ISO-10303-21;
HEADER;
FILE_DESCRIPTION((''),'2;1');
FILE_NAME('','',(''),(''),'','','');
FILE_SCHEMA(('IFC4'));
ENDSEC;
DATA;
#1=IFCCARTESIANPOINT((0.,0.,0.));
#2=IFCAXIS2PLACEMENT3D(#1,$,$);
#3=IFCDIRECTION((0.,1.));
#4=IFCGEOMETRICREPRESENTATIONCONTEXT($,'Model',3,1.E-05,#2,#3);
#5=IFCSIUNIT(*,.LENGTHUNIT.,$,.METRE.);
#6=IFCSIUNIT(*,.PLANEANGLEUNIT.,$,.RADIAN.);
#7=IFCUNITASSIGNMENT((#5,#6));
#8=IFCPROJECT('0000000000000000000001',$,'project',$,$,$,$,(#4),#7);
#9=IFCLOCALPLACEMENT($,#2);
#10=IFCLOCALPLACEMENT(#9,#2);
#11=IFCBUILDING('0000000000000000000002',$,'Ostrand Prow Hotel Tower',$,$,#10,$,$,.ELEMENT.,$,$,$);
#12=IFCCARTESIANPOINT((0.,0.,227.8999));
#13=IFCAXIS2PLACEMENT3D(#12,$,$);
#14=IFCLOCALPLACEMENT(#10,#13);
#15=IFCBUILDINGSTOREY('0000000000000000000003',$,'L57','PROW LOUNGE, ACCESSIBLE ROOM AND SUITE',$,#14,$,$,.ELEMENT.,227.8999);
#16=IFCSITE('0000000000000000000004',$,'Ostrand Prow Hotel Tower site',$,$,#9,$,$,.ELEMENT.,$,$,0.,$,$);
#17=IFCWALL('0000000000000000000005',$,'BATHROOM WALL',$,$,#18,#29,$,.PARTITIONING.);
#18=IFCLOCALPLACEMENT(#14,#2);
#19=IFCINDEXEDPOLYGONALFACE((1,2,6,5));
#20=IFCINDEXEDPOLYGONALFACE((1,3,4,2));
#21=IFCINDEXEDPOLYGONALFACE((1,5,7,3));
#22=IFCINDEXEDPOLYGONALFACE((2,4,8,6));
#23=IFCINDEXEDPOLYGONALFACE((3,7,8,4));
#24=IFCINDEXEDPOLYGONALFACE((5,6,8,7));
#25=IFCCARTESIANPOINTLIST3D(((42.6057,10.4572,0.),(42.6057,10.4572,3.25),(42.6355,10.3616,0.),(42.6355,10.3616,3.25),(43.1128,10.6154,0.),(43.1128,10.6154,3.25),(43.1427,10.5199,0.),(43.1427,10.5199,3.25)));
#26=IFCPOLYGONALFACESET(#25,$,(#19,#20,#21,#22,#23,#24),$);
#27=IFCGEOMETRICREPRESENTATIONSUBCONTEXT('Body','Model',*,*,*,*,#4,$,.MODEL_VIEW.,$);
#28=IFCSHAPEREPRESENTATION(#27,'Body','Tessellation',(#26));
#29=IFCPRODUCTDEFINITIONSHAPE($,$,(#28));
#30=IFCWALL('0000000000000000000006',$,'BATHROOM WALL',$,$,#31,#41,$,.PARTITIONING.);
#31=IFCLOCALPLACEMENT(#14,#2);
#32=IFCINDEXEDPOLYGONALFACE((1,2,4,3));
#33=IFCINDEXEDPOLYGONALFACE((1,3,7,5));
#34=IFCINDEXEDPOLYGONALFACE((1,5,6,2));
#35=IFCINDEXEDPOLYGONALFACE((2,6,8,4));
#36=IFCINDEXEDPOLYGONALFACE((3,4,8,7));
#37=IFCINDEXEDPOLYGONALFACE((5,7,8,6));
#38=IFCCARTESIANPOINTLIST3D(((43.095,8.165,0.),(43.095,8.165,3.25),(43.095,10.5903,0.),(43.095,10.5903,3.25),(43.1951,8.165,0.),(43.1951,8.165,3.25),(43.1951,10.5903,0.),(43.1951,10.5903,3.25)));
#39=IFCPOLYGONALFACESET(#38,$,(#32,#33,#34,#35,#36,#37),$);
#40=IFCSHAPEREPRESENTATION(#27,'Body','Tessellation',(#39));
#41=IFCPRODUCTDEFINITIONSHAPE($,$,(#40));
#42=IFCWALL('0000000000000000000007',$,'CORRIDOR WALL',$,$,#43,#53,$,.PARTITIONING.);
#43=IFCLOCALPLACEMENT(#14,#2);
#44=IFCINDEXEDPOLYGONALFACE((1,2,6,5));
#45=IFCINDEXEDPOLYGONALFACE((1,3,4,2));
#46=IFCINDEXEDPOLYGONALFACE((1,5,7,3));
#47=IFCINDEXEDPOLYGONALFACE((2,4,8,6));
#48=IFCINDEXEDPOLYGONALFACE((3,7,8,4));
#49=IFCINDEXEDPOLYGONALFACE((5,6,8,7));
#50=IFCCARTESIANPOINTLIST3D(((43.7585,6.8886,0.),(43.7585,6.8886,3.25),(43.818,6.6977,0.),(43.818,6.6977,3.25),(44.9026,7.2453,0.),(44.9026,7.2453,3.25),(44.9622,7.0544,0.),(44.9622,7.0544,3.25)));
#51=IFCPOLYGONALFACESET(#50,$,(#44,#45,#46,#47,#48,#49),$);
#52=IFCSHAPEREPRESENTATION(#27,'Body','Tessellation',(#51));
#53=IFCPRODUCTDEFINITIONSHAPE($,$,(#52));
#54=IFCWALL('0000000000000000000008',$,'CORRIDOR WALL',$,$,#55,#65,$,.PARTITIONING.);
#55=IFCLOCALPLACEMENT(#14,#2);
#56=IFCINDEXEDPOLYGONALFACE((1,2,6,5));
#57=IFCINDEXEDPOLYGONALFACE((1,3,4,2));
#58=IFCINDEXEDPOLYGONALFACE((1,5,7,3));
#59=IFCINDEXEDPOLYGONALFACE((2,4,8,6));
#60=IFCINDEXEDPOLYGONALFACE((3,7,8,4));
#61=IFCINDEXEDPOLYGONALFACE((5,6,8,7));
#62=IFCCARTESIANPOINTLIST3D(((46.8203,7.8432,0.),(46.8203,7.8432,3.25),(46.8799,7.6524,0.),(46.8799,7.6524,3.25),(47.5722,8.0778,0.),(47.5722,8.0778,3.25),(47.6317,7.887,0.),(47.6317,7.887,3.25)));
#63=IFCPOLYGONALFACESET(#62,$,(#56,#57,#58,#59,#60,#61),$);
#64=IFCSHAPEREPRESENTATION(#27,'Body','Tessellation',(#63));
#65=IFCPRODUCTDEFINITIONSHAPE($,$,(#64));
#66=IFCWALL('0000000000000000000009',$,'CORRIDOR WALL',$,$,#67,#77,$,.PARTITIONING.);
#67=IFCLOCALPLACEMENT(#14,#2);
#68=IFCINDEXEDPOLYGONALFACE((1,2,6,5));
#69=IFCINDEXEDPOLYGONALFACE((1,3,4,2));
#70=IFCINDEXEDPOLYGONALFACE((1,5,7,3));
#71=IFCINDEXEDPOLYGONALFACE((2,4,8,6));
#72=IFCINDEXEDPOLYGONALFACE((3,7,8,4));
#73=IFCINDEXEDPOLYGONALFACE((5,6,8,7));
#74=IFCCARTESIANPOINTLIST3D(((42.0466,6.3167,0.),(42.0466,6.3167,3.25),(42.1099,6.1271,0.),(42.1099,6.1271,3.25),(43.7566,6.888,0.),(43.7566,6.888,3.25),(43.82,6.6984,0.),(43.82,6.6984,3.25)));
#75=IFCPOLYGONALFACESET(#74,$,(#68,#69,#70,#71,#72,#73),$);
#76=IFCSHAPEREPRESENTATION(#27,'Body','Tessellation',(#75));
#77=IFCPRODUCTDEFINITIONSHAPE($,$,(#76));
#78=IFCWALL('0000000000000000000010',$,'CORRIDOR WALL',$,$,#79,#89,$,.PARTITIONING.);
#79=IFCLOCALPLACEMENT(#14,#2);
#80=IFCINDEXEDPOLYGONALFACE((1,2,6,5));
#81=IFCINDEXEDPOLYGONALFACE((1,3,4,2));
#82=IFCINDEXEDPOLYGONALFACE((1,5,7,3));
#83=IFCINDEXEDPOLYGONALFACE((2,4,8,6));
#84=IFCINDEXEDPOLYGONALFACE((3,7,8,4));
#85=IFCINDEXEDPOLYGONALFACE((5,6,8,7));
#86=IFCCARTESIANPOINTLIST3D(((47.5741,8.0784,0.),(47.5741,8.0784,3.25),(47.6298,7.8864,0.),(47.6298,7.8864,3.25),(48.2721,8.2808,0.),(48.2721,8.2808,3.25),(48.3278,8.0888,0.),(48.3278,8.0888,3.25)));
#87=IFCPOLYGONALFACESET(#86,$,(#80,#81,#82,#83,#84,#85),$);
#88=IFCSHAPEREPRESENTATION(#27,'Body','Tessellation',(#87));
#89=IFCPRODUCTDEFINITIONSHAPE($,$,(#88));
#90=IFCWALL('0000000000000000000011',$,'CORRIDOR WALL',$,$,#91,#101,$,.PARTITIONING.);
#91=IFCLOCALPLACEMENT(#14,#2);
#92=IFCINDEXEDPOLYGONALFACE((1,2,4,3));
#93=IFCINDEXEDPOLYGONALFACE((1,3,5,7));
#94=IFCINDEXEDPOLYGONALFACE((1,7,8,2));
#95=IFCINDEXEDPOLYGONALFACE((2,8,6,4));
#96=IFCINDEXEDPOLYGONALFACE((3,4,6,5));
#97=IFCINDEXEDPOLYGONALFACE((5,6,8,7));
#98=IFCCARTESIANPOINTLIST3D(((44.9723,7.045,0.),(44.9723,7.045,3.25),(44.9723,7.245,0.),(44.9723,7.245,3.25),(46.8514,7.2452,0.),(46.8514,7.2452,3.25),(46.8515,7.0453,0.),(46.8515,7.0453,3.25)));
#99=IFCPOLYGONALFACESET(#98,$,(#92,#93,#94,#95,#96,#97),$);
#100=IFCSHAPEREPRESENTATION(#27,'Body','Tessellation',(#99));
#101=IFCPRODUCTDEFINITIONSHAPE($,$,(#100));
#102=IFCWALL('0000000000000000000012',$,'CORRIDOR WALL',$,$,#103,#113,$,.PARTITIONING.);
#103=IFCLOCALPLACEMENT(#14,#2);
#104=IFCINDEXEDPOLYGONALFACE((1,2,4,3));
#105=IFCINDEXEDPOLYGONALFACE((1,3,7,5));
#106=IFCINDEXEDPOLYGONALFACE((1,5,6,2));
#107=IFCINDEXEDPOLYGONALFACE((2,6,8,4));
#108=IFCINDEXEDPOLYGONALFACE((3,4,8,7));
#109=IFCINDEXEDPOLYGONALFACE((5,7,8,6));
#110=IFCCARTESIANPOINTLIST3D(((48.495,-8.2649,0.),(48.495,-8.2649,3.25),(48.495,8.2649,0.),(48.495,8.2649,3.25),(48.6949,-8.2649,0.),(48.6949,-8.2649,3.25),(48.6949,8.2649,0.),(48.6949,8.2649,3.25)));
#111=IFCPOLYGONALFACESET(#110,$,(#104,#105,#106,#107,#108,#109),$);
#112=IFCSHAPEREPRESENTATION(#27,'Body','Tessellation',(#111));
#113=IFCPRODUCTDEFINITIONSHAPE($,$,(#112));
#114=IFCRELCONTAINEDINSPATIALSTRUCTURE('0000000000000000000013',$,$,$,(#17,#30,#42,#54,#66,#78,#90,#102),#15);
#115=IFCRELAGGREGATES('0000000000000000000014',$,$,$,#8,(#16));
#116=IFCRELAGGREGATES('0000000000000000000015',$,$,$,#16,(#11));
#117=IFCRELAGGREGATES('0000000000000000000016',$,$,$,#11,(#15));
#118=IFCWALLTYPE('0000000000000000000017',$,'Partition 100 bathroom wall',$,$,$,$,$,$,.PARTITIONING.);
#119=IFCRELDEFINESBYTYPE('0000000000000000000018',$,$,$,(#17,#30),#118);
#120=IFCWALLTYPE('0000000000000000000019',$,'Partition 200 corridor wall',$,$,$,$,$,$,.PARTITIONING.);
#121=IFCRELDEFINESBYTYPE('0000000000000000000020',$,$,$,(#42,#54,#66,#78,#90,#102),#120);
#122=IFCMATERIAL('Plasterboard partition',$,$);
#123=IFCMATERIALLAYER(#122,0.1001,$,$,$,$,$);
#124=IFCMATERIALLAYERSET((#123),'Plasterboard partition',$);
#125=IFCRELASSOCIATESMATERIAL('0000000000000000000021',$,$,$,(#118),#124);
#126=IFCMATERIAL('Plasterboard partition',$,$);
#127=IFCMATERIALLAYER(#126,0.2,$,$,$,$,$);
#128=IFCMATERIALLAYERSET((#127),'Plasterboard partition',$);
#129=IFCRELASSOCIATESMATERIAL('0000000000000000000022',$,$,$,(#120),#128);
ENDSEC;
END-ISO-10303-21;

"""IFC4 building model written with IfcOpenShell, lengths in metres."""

from ifc_helpers import new_model, si_unit, direction, frame, frame_2d, origin, place, context, subcontext, project, spatial, rectangle, extrude, material, layer, layer_set, type_object, element, save


model = new_model("IFC4")

# Units and contexts
model_context = context("Model", 3, precision=1e-05, world=origin(), true_north=direction((0.0, 1.0)))
body_context = subcontext(model_context, "Body", "Model", "MODEL_VIEW")
ifc_project = project(units=[si_unit("LENGTHUNIT", "METRE"), si_unit("PLANEANGLEUNIT", "RADIAN")], contexts=[model_context])

# Site, building, storey
site_placement = place(None, origin())
site = spatial("IfcSite", under=ifc_project, at=site_placement, Name="Ostrand Prow Hotel Tower site", CompositionType="ELEMENT", RefElevation=0.0)
building_placement = place(site_placement, origin())
building = spatial("IfcBuilding", under=site, at=building_placement, Name="Ostrand Prow Hotel Tower", CompositionType="ELEMENT")
storey_placement = place(building_placement, frame((0.0, 0.0, 227.8999)))
storey = spatial("IfcBuildingStorey", under=building, at=storey_placement, Name="L57", Description="PROW LOUNGE, ACCESSIBLE ROOM AND SUITE", CompositionType="ELEMENT", Elevation=227.8999)

# Walls
ifc_material_1 = material(Name="Plasterboard partition")
ifc_layer_1 = layer(ifc_material_1, 0.1001)
ifc_layer_set_1 = layer_set([ifc_layer_1], Name="Plasterboard partition")
wall_type_1 = type_object("IfcWallType", Name="Partition 100 bathroom wall", PredefinedType="PARTITIONING", material=ifc_layer_set_1)
wall_1_placement = place(storey_placement, frame((42.6206, 10.4094, 0.0), z_axis=(0.0, 0.0, 1.0), x_axis=(0.954619, 0.29783, 0.0)))
element("IfcWall", 1, at=wall_1_placement, inside=storey, type_object=wall_type_1, Name="BATHROOM WALL", PredefinedType="PARTITIONING", context=body_context, shape_type="SweptSolid", body=[
    extrude(rectangle(XDim=0.5312, YDim=0.1001, at=frame_2d((0.2656, 0.0))), origin(), (0.0, 0.0, 1.0), 3.25),
])
wall_2_placement = place(storey_placement, frame((43.145, 10.5903, 0.0), z_axis=(0.0, 0.0, 1.0), x_axis=(0.0, -1.0, 0.0)))
element("IfcWall", 2, at=wall_2_placement, inside=storey, type_object=wall_type_1, Name="BATHROOM WALL", PredefinedType="PARTITIONING", context=body_context, shape_type="SweptSolid", body=[
    extrude(rectangle(XDim=2.4253, YDim=0.1001, at=frame_2d((1.2126, 0.0))), origin(), (0.0, 0.0, 1.0), 3.25),
])
ifc_material_2 = material(Name="Plasterboard partition")
ifc_layer_2 = layer(ifc_material_2, 0.2)
ifc_layer_set_2 = layer_set([ifc_layer_2], Name="Plasterboard partition")
wall_type_2 = type_object("IfcWallType", Name="Partition 200 corridor wall", PredefinedType="PARTITIONING", material=ifc_layer_set_2)
wall_3_placement = place(storey_placement, frame((43.7883, 6.7932, 0.0), z_axis=(0.0, 0.0, 1.0), x_axis=(0.954694, 0.297591, 0.0)))
element("IfcWall", 3, at=wall_3_placement, inside=storey, type_object=wall_type_2, Name="CORRIDOR WALL", PredefinedType="PARTITIONING", context=body_context, shape_type="SweptSolid", body=[
    extrude(rectangle(XDim=1.1985, YDim=0.2, at=frame_2d((0.5991, 0.0))), origin(), (0.0, 0.0, 1.0), 3.25),
])
wall_4_placement = place(storey_placement, frame((46.8501, 7.7478, 0.0), z_axis=(0.0, 0.0, 1.0), x_axis=(0.954612, 0.297851, 0.0)))
element("IfcWall", 4, at=wall_4_placement, inside=storey, type_object=wall_type_2, Name="CORRIDOR WALL", PredefinedType="PARTITIONING", context=body_context, shape_type="SweptSolid", body=[
    extrude(rectangle(XDim=0.7876, YDim=0.2, at=frame_2d((0.3938, 0.0))), origin(), (0.0, 0.0, 1.0), 3.25),
])
wall_5_placement = place(storey_placement, frame((42.0784, 6.2219, 0.0), z_axis=(0.0, 0.0, 1.0), x_axis=(0.948466, 0.316878, 0.0)))
element("IfcWall", 5, at=wall_5_placement, inside=storey, type_object=wall_type_2, Name="CORRIDOR WALL", PredefinedType="PARTITIONING", context=body_context, shape_type="SweptSolid", body=[
    extrude(rectangle(XDim=1.803, YDim=0.2, at=frame_2d((0.9014, 0.0))), origin(), (0.0, 0.0, 1.0), 3.25),
])
wall_6_placement = place(storey_placement, frame((47.6021, 7.9824, 0.0), z_axis=(0.0, 0.0, 1.0), x_axis=(0.960439, 0.27849, 0.0)))
element("IfcWall", 6, at=wall_6_placement, inside=storey, type_object=wall_type_2, Name="CORRIDOR WALL", PredefinedType="PARTITIONING", context=body_context, shape_type="SweptSolid", body=[
    extrude(rectangle(XDim=0.7268, YDim=0.2, at=frame_2d((0.3633, 0.0))), origin(), (0.0, 0.0, 1.0), 3.25),
])
wall_7_placement = place(storey_placement, frame((44.9724, 7.145, 0.0), z_axis=(0.0, 0.0, 1.0), x_axis=(1.0, 0.00013, 0.0)))
element("IfcWall", 7, at=wall_7_placement, inside=storey, type_object=wall_type_2, Name="CORRIDOR WALL", PredefinedType="PARTITIONING", context=body_context, shape_type="SweptSolid", body=[
    extrude(rectangle(XDim=1.8792, YDim=0.2, at=frame_2d((0.9395, 0.0))), origin(), (0.0, 0.0, 1.0), 3.25),
])
wall_8_placement = place(storey_placement, frame((48.595, 8.2649, 0.0), z_axis=(0.0, 0.0, 1.0), x_axis=(0.0, -1.0, 0.0)))
element("IfcWall", 8, at=wall_8_placement, inside=storey, type_object=wall_type_2, Name="CORRIDOR WALL", PredefinedType="PARTITIONING", context=body_context, shape_type="SweptSolid", body=[
    extrude(rectangle(XDim=16.5298, YDim=0.2, at=frame_2d((8.2649, 0.0))), origin(), (0.0, 0.0, 1.0), 3.25),
])

save(model, "model.ifc")
